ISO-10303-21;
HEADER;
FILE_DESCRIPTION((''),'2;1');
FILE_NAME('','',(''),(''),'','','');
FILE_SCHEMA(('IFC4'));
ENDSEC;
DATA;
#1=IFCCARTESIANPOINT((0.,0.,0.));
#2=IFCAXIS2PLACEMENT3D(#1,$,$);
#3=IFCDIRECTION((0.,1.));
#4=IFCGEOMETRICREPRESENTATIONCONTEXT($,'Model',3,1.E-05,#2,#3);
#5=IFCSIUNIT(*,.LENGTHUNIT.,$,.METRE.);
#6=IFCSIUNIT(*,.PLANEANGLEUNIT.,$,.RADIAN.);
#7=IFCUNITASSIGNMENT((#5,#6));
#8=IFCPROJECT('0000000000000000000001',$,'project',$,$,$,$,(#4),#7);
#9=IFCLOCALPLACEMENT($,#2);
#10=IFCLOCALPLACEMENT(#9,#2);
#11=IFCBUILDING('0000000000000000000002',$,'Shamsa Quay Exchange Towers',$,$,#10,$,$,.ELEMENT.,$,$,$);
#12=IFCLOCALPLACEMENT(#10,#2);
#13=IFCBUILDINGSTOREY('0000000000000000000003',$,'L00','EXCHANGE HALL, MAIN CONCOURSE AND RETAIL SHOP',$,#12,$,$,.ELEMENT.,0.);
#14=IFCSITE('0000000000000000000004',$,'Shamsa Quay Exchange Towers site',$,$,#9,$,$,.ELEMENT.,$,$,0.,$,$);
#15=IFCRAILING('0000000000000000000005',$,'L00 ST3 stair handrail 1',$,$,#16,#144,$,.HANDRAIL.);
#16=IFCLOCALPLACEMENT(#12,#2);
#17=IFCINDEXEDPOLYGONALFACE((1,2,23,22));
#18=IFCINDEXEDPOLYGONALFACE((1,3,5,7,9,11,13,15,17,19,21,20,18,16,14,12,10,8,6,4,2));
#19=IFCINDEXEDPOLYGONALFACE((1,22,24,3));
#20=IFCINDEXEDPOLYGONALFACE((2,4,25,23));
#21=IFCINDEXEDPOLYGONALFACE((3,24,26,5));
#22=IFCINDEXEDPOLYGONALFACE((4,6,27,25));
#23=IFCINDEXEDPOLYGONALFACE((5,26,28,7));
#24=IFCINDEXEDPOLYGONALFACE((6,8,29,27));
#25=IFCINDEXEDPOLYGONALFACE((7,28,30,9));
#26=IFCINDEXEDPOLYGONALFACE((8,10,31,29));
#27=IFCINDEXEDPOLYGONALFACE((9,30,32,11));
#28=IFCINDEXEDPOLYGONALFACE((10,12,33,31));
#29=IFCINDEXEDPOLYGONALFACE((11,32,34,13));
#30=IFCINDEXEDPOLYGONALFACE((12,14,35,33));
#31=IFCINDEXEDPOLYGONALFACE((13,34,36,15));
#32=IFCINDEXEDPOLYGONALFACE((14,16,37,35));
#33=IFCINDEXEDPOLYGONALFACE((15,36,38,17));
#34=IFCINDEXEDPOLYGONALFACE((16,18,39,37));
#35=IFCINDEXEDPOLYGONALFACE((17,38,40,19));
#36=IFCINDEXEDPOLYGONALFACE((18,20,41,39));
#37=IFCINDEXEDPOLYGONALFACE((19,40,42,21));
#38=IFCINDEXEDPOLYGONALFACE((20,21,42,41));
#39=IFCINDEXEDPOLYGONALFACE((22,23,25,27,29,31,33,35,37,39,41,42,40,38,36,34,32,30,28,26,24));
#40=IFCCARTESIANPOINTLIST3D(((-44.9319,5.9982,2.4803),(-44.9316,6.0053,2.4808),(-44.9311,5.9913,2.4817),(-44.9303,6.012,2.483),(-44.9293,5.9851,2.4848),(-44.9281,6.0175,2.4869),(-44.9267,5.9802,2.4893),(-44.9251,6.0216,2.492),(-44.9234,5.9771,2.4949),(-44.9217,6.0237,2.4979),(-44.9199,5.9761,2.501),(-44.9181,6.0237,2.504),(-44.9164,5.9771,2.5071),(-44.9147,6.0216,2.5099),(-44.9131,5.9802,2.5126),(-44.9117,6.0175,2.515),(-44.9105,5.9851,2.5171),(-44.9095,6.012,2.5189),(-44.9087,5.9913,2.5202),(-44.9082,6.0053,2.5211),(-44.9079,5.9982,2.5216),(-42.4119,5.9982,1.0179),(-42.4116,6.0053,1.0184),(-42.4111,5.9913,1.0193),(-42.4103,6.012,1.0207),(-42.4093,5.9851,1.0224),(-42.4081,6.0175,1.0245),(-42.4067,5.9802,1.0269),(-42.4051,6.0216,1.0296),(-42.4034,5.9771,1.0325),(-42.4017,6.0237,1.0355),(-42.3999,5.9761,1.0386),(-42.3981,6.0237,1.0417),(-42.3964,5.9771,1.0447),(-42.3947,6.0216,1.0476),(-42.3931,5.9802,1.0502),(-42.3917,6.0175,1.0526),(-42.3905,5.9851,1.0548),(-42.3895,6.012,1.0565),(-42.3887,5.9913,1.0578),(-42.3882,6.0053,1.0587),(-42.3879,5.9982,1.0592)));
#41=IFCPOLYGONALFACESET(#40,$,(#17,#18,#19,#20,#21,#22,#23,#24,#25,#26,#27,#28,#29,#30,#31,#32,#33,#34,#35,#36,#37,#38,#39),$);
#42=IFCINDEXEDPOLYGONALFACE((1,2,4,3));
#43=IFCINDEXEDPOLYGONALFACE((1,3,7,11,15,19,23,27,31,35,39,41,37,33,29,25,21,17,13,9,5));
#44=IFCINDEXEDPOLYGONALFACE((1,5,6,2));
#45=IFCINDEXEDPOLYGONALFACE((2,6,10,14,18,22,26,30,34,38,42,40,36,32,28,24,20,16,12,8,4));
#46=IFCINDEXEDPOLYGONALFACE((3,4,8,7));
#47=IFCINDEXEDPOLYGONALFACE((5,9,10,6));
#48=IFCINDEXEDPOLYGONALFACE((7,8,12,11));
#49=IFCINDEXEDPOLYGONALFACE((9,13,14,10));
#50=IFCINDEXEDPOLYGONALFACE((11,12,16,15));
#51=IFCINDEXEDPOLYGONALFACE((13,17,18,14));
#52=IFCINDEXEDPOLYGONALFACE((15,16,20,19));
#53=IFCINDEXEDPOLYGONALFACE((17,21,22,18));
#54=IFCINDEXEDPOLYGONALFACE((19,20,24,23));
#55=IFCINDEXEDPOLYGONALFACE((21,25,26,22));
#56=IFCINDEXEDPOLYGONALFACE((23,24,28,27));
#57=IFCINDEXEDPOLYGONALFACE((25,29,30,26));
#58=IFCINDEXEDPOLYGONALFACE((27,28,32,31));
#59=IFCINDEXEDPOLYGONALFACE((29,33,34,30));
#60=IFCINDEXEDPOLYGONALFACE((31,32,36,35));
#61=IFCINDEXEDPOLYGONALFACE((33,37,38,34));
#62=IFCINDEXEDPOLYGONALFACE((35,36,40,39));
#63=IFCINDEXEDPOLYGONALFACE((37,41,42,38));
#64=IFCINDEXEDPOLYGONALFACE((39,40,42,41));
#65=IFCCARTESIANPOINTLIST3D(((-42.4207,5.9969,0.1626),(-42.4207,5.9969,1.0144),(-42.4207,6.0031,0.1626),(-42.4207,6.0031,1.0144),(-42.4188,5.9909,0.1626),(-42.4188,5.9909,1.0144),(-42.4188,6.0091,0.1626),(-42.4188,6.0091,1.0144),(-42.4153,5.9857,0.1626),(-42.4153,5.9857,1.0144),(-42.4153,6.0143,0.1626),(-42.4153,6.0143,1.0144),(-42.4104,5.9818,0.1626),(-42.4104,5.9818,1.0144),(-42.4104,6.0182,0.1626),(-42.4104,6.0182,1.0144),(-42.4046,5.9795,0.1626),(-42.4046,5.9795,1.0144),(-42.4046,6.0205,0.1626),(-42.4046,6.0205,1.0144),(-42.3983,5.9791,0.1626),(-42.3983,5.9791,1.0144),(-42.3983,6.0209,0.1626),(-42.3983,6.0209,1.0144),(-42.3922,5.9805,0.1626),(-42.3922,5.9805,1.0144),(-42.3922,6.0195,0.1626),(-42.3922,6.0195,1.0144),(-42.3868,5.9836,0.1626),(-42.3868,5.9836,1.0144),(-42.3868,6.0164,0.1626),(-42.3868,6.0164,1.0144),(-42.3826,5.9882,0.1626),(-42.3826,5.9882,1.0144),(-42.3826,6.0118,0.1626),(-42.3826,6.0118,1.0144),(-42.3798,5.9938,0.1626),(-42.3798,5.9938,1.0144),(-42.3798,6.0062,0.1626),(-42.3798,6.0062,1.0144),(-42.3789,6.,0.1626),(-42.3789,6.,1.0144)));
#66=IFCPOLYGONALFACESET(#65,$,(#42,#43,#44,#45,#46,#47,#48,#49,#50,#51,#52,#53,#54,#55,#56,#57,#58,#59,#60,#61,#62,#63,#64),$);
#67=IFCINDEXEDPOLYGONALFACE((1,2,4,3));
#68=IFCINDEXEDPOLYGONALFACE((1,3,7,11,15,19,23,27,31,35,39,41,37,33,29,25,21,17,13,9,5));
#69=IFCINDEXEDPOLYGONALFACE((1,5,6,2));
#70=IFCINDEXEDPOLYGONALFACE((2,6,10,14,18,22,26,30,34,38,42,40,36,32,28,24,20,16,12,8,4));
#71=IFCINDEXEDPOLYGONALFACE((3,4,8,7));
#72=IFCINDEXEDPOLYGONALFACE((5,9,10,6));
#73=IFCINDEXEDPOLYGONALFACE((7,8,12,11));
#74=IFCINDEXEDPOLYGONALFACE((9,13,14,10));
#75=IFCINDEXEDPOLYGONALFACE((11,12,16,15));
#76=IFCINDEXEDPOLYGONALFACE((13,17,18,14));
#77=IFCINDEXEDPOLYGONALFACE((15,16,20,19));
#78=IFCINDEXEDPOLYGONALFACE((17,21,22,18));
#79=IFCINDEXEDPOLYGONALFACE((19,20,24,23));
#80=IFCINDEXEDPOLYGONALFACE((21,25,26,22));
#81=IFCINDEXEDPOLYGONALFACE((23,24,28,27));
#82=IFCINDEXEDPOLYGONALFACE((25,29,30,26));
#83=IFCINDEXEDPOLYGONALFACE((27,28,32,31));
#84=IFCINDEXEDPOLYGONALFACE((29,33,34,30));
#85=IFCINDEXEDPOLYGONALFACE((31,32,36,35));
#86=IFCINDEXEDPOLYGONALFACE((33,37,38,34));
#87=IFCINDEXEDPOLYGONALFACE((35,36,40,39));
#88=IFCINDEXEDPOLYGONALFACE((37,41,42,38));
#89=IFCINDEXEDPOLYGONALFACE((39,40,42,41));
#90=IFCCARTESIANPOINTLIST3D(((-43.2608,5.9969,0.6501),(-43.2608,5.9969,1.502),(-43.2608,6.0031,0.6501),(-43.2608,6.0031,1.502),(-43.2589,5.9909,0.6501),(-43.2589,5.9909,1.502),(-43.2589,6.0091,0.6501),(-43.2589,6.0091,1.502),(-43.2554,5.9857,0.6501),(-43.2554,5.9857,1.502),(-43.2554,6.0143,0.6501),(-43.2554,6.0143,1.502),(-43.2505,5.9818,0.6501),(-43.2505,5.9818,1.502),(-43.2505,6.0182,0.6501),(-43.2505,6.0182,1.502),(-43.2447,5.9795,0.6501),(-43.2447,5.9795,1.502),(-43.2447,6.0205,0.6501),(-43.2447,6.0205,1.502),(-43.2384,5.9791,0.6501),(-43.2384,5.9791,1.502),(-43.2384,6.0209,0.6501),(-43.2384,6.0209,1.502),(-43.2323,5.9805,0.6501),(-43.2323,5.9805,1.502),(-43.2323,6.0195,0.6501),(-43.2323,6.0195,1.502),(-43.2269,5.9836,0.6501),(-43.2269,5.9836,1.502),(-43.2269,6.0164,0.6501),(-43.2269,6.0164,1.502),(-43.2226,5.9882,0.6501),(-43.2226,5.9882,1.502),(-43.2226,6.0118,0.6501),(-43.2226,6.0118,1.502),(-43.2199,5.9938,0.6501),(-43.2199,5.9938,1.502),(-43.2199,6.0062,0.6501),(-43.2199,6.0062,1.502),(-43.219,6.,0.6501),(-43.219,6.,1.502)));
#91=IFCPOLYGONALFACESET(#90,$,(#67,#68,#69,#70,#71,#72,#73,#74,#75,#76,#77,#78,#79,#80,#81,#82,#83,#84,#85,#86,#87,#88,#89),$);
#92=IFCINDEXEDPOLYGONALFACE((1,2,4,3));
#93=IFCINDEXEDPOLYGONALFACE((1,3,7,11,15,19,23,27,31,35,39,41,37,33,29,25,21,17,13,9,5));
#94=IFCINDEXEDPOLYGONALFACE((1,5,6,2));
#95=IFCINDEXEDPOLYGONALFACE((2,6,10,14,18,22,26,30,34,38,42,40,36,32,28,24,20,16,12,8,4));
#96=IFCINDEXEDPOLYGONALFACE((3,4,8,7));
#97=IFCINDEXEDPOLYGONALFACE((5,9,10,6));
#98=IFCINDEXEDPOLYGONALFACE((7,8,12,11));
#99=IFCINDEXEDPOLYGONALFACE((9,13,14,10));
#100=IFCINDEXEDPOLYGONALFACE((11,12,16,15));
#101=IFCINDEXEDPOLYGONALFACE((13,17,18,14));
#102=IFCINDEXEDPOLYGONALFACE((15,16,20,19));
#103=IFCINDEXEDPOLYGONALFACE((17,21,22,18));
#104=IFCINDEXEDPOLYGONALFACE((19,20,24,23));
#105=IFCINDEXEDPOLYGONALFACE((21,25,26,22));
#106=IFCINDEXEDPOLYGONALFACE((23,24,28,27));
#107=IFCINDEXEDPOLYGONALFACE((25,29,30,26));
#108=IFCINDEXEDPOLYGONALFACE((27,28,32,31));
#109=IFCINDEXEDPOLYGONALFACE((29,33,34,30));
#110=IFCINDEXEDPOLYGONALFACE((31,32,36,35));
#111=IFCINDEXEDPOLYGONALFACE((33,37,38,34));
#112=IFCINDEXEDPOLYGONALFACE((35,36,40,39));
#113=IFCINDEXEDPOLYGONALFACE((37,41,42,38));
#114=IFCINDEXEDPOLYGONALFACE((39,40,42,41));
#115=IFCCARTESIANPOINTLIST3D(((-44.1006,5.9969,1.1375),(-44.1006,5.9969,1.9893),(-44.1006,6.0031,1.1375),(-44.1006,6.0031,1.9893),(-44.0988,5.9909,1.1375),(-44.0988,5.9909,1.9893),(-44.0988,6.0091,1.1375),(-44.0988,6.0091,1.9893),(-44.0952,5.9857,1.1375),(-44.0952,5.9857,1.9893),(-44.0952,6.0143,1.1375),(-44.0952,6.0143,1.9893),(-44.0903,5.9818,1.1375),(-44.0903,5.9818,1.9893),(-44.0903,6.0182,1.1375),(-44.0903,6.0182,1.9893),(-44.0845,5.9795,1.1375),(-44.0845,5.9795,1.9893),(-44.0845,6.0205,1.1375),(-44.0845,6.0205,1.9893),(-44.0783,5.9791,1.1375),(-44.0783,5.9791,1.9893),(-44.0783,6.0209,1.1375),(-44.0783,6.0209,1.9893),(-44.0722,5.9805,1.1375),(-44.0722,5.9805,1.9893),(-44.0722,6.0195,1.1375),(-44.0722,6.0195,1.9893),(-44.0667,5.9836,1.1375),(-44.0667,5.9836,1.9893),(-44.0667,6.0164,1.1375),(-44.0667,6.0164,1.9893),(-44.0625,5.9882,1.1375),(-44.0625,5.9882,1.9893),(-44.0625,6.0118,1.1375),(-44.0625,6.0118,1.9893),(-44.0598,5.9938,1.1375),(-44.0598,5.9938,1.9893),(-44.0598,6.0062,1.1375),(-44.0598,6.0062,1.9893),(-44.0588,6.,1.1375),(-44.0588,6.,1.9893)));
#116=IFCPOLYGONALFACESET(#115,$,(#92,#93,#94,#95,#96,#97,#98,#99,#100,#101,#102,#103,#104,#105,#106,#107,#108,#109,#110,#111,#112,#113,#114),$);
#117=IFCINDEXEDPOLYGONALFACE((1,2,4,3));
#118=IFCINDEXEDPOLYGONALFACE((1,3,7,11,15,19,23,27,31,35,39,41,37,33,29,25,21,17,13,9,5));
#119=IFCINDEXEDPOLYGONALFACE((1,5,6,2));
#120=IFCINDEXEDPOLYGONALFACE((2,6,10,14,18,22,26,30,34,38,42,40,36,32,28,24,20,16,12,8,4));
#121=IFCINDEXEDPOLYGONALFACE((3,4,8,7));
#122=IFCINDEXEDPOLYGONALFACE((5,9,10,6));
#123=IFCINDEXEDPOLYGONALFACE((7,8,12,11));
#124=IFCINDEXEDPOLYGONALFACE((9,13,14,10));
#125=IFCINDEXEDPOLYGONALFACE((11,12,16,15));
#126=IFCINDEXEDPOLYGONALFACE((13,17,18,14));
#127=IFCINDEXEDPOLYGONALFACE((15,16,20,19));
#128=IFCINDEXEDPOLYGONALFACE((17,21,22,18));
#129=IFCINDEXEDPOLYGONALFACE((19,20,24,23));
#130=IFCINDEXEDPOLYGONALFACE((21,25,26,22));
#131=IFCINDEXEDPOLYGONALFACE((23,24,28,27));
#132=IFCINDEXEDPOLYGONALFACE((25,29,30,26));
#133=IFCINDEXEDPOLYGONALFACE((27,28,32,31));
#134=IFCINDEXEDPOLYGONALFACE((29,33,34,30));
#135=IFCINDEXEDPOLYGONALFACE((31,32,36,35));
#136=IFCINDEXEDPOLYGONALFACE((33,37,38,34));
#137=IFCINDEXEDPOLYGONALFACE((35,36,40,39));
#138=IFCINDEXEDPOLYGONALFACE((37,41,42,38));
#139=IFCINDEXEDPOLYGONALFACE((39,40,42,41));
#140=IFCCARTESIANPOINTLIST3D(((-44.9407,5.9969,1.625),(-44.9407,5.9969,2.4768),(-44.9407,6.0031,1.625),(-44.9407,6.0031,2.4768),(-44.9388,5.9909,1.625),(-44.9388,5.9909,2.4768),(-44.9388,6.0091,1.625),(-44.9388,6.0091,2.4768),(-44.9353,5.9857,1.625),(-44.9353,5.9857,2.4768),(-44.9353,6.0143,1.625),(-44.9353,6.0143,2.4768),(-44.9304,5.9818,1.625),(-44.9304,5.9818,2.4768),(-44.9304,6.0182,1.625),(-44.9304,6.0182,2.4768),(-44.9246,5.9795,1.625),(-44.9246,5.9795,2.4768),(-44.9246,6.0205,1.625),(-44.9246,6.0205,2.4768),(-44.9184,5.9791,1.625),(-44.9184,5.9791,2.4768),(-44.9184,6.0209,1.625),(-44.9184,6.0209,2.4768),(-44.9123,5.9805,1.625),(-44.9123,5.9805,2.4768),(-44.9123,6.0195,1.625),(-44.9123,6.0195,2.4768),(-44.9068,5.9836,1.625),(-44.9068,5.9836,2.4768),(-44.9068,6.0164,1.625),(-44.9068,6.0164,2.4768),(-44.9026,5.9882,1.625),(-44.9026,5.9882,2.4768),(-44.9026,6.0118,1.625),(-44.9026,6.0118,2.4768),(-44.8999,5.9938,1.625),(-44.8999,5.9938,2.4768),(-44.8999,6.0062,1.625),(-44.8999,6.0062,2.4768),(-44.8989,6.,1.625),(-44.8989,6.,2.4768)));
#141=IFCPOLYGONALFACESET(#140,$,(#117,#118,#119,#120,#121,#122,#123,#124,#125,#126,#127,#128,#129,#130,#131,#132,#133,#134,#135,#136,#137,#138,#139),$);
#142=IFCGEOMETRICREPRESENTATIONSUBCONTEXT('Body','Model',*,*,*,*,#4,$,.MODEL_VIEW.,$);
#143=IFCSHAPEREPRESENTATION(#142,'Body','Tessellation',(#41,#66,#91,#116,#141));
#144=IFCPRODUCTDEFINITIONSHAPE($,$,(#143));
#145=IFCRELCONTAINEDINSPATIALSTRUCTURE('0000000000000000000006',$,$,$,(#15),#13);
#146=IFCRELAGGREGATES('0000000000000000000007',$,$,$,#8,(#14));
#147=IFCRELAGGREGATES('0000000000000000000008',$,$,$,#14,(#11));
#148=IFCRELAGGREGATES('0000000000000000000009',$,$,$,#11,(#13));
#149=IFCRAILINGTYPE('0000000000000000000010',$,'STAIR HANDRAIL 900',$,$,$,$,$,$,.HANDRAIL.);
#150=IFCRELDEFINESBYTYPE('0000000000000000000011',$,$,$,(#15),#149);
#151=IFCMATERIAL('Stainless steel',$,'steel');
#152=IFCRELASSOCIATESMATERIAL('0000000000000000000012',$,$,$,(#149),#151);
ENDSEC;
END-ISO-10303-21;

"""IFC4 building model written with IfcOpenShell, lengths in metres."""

from ifc_helpers import new_model, si_unit, direction, frame, origin, origin_2d, place, context, subcontext, project, spatial, circle, extrude, material, type_object, element, save


model = new_model("IFC4")

# Units and contexts
model_context = context("Model", 3, precision=1e-05, world=origin(), true_north=direction((0.0, 1.0)))
body_context = subcontext(model_context, "Body", "Model", "MODEL_VIEW")
ifc_project = project(units=[si_unit("LENGTHUNIT", "METRE"), si_unit("PLANEANGLEUNIT", "RADIAN")], contexts=[model_context])

# Site, building, storey
site_placement = place(None, origin())
site = spatial("IfcSite", under=ifc_project, at=site_placement, Name="Shamsa Quay Exchange Towers site", CompositionType="ELEMENT", RefElevation=0.0)
building_placement = place(site_placement, origin())
building = spatial("IfcBuilding", under=site, at=building_placement, Name="Shamsa Quay Exchange Towers", CompositionType="ELEMENT")
storey_placement = place(building_placement, origin())
storey = spatial("IfcBuildingStorey", under=building, at=storey_placement, Name="L00", Description="EXCHANGE HALL, MAIN CONCOURSE AND RETAIL SHOP", CompositionType="ELEMENT", Elevation=0.0)

# Railing
ifc_material_1 = material(Name="Stainless steel", Category="steel")
railing_type_1 = type_object("IfcRailingType", Name="STAIR HANDRAIL 900", PredefinedType="HANDRAIL", material=ifc_material_1)
for number, where, name in (
    (1, (-42.3999, 6.0, 0.1626), "L00 ST3 stair handrail 1"),
):
    element("IfcRailing", number, at=place(storey_placement, frame(where)), inside=storey, type_object=railing_type_1, Name=name, PredefinedType="HANDRAIL", context=body_context, shape_type="SweptSolid", body=[
        extrude(circle(Radius=0.0239, at=origin_2d()), frame((0.0, 0.0, 0.876), z_axis=(-0.864913, 0.0, 0.501921), x_axis=(0.0, -1.0, 0.0)), (0.0, 0.0, 1.0), 2.9136),
        extrude(circle(Radius=0.021, at=origin_2d()), origin(), (0.0, 0.0, 1.0), 0.8518),
        extrude(circle(Radius=0.021, at=origin_2d()), frame((-0.8401, 0.0, 0.4875)), (0.0, 0.0, 1.0), 0.8518),
        extrude(circle(Radius=0.021, at=origin_2d()), frame((-1.6799, 0.0, 0.9749)), (0.0, 0.0, 1.0), 0.8518),
        extrude(circle(Radius=0.021, at=origin_2d()), frame((-2.52, 0.0, 1.4624)), (0.0, 0.0, 1.0), 0.8518),
    ])

save(model, "model.ifc")
